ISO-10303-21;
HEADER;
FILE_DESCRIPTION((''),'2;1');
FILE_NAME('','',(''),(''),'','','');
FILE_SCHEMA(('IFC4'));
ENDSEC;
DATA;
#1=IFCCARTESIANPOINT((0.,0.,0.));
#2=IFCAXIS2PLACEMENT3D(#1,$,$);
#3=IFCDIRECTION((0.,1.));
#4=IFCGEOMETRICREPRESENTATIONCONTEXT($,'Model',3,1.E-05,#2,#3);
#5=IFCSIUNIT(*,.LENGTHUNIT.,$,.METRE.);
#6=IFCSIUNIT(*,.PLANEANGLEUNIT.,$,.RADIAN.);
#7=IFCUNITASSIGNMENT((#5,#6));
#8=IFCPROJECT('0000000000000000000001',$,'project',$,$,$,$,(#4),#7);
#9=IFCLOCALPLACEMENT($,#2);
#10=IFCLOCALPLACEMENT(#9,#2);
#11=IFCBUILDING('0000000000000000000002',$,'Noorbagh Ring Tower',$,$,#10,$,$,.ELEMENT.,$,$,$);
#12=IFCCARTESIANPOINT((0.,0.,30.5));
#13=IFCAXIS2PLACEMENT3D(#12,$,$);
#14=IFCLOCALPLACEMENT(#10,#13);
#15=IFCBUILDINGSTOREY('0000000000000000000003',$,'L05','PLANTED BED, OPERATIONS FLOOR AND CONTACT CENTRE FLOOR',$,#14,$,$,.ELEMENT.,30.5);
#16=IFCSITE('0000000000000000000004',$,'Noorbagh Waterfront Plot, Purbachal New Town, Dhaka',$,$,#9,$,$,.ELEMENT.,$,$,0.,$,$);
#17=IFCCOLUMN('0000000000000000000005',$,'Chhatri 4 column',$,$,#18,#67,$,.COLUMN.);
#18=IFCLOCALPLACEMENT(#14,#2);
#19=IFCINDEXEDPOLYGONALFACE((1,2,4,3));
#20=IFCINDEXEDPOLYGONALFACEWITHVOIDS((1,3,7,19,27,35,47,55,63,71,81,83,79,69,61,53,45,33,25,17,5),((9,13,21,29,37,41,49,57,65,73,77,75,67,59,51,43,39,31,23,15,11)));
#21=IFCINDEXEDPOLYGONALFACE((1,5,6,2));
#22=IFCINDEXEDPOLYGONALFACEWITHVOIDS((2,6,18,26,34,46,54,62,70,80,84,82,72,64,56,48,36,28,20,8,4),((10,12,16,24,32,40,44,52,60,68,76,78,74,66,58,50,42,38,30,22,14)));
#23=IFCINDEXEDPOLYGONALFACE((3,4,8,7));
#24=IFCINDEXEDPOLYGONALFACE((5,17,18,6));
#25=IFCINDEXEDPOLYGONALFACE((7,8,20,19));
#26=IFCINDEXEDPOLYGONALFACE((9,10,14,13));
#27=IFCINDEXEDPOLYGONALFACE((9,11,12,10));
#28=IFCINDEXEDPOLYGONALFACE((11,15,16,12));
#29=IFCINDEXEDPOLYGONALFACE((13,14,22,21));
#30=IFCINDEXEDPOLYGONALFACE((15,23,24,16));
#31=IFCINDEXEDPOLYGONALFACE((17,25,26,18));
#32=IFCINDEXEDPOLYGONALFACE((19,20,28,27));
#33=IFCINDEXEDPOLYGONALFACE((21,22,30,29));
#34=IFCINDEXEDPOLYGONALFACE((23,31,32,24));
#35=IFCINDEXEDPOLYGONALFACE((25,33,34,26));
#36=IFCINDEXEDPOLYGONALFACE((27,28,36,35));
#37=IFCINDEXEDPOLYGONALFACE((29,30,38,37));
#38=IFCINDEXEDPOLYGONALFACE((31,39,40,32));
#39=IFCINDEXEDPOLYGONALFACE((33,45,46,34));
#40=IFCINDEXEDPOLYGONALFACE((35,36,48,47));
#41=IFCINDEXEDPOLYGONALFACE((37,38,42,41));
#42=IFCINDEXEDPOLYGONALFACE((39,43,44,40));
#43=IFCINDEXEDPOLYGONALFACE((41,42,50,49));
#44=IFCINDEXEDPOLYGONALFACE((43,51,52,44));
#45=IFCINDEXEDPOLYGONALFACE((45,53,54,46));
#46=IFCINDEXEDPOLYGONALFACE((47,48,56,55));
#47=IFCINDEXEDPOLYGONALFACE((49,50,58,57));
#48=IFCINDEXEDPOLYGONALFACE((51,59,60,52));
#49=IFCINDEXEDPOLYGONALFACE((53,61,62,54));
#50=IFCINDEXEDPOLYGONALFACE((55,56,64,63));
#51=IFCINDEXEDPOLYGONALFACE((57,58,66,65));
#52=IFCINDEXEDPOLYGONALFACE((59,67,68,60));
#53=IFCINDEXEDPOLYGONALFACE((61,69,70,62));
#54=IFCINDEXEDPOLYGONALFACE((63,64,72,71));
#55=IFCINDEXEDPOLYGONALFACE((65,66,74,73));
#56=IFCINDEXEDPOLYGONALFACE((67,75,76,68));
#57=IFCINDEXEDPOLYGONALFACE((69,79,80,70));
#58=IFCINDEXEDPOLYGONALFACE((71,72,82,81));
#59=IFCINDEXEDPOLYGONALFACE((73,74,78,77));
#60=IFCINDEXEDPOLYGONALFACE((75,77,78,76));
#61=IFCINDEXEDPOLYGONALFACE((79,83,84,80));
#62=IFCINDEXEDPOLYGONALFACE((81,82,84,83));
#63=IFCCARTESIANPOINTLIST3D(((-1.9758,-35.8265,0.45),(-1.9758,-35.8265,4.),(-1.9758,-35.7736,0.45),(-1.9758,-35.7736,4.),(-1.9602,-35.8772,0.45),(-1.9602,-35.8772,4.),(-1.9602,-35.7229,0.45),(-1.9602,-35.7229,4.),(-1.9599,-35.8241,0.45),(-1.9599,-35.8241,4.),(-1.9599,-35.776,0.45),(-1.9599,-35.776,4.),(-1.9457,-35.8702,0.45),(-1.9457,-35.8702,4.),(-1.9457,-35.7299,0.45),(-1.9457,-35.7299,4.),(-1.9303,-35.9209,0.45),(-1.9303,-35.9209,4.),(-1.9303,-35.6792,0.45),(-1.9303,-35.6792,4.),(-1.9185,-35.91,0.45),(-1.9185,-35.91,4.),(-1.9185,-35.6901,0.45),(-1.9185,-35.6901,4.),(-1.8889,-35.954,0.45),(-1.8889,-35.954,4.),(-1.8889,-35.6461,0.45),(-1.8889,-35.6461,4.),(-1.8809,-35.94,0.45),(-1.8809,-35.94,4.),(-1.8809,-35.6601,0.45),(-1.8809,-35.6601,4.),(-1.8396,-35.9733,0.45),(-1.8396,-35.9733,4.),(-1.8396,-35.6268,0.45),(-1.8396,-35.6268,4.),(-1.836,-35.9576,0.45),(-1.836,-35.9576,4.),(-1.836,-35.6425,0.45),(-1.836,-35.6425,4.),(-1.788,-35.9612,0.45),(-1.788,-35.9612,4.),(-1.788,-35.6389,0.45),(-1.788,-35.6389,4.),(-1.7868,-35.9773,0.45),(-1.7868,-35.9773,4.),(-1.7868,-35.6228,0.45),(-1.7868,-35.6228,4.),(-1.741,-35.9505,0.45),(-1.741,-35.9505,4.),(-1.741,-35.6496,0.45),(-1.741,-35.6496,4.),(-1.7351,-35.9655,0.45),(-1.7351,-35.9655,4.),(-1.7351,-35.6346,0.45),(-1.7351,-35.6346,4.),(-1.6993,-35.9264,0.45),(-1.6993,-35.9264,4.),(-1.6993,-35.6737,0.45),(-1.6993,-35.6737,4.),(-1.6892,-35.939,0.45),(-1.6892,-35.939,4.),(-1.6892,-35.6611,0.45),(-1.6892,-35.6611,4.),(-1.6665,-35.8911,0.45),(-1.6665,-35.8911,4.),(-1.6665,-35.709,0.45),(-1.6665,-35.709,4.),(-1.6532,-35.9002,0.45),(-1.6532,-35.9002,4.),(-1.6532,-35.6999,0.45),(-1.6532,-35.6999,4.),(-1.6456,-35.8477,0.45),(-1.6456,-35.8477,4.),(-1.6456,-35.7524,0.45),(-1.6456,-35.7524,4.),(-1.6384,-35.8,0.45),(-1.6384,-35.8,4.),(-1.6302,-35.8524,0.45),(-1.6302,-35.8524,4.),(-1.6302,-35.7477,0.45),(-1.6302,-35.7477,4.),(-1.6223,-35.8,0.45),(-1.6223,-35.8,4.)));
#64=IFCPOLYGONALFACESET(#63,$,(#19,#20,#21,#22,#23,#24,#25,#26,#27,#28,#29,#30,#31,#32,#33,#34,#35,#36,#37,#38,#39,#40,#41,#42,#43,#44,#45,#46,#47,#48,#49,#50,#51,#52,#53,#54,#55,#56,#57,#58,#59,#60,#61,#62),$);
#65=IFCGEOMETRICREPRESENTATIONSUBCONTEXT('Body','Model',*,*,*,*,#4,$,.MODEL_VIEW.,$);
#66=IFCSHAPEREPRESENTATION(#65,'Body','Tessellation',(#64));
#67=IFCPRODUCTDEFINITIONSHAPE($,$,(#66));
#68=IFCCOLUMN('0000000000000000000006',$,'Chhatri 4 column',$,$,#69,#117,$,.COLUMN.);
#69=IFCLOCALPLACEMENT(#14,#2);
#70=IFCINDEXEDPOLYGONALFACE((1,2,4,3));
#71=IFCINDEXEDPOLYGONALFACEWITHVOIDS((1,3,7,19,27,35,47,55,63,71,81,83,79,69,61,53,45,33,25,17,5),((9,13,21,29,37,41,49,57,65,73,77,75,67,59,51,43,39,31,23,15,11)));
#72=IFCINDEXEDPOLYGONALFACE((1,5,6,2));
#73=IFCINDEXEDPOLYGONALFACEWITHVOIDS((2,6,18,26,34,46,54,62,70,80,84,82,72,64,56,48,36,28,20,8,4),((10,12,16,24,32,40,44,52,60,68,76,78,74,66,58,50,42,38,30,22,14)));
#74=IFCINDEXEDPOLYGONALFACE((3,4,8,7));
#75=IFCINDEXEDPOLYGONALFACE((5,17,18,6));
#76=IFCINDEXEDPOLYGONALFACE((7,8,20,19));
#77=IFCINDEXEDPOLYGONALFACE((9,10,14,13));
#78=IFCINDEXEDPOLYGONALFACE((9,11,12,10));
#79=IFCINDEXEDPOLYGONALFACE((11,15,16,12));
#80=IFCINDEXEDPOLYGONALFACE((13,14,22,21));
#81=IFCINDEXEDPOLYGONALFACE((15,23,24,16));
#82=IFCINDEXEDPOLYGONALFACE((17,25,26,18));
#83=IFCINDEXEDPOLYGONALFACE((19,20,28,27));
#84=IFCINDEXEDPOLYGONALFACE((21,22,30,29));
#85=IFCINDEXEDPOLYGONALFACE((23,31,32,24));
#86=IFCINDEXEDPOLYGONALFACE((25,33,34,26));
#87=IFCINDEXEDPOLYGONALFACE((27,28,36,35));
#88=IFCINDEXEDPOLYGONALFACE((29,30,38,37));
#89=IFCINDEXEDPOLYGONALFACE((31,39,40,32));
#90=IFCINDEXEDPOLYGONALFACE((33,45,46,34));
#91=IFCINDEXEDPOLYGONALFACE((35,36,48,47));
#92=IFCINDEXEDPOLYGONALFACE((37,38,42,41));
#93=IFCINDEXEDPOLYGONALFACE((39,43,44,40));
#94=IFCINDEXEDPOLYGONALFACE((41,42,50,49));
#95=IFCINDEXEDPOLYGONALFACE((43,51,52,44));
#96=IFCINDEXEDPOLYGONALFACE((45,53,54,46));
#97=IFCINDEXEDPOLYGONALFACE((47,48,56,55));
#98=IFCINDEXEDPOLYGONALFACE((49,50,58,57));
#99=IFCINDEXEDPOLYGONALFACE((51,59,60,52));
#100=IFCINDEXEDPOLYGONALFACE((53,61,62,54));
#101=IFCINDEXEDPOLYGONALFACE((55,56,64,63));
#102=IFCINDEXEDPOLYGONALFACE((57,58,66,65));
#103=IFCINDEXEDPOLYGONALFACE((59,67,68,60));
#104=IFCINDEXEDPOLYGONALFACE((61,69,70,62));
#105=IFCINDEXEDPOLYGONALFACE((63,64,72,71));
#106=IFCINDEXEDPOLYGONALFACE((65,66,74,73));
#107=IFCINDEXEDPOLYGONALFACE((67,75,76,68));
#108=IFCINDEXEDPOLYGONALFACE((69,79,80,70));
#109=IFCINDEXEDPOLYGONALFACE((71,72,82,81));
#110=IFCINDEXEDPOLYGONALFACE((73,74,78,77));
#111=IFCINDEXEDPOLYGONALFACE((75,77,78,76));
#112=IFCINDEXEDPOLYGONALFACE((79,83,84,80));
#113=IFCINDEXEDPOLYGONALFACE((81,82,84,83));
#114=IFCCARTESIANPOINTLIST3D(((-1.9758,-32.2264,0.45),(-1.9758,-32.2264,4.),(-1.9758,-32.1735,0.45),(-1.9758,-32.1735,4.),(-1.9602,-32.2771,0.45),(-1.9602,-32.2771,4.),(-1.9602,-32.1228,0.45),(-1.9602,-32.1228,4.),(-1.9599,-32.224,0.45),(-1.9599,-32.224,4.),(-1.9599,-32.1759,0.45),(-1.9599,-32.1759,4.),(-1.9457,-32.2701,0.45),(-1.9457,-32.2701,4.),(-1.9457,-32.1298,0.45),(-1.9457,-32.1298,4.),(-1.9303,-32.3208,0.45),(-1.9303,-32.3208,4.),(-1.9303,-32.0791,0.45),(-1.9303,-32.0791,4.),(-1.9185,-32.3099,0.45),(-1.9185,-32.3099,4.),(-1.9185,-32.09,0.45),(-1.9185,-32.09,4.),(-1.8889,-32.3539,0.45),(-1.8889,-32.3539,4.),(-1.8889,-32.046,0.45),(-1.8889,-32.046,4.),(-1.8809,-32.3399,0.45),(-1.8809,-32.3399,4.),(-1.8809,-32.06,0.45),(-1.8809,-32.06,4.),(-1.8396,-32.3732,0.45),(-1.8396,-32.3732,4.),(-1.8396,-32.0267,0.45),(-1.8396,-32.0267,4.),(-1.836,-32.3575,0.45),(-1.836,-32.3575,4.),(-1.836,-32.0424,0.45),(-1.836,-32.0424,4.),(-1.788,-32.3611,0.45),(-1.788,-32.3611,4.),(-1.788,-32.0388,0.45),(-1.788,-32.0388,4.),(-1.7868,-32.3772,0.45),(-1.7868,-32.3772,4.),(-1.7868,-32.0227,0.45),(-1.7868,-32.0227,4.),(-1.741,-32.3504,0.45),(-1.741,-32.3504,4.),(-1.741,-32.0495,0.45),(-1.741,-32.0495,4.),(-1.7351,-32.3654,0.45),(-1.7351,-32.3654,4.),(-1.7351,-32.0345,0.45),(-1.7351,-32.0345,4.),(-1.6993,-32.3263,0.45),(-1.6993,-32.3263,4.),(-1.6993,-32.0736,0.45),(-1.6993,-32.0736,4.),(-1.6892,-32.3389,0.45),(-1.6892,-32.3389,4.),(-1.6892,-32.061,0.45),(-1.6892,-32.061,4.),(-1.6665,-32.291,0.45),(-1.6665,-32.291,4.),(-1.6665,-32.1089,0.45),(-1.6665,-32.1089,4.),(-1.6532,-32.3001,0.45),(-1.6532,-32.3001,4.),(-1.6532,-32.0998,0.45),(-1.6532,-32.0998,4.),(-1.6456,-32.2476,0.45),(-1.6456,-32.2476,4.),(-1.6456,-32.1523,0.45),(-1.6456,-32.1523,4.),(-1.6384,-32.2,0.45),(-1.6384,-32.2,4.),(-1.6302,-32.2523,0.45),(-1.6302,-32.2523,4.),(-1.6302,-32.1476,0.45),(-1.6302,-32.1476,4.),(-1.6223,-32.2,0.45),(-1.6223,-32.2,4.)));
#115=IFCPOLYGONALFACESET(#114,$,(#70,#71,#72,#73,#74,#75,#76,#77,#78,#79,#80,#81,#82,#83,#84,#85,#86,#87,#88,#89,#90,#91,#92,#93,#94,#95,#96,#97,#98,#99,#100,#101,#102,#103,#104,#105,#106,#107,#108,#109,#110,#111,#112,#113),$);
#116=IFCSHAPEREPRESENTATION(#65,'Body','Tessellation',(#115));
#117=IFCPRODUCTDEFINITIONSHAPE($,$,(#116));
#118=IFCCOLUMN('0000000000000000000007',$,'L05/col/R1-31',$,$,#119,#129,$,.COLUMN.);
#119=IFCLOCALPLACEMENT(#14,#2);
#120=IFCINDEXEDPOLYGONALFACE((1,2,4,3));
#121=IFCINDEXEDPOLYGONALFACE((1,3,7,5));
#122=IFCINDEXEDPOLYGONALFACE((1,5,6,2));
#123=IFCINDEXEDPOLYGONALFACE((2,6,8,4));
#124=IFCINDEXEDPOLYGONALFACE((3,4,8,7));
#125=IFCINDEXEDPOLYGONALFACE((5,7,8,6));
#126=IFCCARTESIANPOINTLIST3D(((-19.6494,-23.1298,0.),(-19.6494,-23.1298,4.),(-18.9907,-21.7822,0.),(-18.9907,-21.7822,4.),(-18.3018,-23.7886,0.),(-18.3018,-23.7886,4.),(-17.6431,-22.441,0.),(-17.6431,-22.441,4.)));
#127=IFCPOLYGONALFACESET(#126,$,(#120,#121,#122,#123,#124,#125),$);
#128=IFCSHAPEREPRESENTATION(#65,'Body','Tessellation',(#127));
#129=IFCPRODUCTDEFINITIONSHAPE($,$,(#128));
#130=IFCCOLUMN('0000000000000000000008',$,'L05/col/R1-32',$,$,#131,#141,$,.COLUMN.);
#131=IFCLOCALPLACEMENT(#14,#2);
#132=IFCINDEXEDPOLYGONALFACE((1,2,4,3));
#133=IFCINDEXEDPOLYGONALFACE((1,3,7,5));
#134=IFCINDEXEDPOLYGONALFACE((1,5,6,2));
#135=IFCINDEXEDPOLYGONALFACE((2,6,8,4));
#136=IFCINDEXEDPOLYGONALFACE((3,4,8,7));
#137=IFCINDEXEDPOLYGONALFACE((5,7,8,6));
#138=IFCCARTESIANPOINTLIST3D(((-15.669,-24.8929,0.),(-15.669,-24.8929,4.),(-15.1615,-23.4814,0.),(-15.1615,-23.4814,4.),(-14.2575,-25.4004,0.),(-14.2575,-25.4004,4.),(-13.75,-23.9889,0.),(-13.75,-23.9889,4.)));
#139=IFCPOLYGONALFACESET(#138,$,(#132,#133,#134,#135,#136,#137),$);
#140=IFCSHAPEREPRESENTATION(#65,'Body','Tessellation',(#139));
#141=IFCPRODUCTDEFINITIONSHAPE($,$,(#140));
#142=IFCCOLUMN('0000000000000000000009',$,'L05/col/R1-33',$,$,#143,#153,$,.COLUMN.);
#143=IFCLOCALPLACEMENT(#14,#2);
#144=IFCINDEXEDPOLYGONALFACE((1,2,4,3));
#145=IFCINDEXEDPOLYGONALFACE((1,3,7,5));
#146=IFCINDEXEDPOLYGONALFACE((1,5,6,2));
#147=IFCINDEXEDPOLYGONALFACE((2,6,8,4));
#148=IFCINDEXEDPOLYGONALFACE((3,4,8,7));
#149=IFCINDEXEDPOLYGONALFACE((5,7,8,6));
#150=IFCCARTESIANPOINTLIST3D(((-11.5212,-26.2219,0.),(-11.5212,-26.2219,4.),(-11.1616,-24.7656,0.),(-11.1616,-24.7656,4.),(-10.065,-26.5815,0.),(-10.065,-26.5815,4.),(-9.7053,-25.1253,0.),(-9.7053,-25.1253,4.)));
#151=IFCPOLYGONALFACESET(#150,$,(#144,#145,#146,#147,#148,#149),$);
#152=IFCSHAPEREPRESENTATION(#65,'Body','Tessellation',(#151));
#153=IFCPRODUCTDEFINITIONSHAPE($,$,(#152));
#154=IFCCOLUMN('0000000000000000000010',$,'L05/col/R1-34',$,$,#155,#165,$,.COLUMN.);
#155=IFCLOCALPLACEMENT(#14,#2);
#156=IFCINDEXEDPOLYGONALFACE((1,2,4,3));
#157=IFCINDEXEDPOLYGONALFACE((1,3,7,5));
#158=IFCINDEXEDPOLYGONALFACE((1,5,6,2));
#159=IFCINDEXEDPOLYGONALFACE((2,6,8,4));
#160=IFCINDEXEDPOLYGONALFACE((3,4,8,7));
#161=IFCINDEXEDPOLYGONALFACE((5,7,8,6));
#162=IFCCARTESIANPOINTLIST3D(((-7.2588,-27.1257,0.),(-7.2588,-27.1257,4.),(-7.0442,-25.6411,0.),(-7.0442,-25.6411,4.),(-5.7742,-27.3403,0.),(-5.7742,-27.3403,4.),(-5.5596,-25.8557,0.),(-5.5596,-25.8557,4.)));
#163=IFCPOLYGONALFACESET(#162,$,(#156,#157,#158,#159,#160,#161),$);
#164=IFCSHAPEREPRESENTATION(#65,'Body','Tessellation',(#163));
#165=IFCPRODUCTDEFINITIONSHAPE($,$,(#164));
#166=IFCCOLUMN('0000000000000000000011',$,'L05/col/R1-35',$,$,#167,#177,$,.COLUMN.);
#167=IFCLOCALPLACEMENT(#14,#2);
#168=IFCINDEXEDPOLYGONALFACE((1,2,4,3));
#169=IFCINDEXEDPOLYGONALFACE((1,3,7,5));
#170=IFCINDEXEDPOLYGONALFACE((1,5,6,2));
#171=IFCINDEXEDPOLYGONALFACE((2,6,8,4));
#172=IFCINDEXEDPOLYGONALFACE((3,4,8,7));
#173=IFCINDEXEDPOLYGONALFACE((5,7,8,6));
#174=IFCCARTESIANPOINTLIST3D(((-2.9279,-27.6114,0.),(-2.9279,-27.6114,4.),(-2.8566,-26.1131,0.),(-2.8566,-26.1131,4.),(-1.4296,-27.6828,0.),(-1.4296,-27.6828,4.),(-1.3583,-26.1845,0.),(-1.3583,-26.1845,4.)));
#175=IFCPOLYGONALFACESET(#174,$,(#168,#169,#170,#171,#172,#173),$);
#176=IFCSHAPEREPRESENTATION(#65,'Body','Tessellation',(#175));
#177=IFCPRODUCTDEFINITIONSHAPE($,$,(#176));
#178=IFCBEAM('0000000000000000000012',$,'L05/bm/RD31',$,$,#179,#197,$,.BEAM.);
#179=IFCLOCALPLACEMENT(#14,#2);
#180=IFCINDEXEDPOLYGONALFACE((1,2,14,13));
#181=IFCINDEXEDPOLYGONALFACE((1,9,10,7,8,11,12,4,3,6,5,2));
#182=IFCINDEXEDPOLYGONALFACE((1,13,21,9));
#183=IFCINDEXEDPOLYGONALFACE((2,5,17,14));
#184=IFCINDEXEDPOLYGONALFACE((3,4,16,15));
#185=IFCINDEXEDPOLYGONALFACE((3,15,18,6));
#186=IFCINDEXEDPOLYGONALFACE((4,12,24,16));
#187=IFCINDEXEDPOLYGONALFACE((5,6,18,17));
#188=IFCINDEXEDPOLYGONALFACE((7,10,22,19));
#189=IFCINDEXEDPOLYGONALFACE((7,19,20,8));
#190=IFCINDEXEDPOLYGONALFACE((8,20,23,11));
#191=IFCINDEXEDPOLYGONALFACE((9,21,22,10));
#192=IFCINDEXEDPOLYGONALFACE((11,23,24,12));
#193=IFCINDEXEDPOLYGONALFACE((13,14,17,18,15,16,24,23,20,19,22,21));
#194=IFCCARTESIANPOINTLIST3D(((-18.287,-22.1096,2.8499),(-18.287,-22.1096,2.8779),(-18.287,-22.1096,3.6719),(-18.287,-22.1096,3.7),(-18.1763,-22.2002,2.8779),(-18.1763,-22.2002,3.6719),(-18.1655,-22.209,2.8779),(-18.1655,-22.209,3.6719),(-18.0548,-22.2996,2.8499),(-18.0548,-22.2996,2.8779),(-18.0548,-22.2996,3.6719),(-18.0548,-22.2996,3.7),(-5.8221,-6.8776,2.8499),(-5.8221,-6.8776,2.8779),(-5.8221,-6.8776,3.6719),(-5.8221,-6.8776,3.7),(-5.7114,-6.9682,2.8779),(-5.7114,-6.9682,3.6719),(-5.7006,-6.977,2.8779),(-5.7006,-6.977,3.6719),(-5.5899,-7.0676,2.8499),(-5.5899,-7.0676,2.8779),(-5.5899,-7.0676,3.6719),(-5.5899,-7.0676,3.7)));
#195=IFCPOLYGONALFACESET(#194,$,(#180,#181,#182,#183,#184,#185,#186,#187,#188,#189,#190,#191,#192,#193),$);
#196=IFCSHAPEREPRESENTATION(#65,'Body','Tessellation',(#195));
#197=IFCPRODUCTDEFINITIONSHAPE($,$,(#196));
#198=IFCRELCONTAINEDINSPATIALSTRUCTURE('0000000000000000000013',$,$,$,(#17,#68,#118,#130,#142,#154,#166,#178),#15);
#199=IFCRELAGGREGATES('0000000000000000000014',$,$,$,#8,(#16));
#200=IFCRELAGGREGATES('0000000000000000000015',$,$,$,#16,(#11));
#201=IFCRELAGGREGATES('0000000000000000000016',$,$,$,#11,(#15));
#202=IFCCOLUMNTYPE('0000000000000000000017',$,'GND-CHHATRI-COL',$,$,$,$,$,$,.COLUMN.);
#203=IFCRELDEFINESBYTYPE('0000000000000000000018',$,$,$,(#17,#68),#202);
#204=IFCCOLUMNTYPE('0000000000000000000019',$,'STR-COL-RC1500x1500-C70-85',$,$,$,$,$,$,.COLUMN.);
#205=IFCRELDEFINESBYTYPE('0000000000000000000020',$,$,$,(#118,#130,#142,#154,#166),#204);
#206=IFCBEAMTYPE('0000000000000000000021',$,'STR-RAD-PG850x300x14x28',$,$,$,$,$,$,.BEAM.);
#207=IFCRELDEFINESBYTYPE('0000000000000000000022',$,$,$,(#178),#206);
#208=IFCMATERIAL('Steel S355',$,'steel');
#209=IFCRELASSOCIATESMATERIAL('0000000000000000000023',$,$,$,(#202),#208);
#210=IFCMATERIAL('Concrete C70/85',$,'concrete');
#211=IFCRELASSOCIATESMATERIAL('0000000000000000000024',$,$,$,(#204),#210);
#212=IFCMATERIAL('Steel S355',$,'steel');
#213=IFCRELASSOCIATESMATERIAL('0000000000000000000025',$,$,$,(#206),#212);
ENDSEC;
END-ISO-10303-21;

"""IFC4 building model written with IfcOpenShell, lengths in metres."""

from ifc_helpers import new_model, si_unit, direction, frame, origin, origin_2d, place, context, subcontext, project, spatial, rectangle, hollow_circle, i_section, extrude, material, material_profile, profile_set, type_object, element, save


model = new_model("IFC4")

# Units and contexts
model_context = context("Model", 3, precision=1e-05, world=origin(), true_north=direction((0.0, 1.0)))
body_context = subcontext(model_context, "Body", "Model", "MODEL_VIEW")
ifc_project = project(units=[si_unit("LENGTHUNIT", "METRE"), si_unit("PLANEANGLEUNIT", "RADIAN")], contexts=[model_context])

# Site, building, storey
site_placement = place(None, origin())
site = spatial("IfcSite", under=ifc_project, at=site_placement, Name="Noorbagh Waterfront Plot, Purbachal New Town, Dhaka", CompositionType="ELEMENT", RefElevation=0.0)
building_placement = place(site_placement, origin())
building = spatial("IfcBuilding", under=site, at=building_placement, Name="Noorbagh Ring Tower", CompositionType="ELEMENT")
storey_placement = place(building_placement, frame((0.0, 0.0, 30.5)))
storey = spatial("IfcBuildingStorey", under=building, at=storey_placement, Name="L05", Description="PLANTED BED, OPERATIONS FLOOR AND CONTACT CENTRE FLOOR", CompositionType="ELEMENT", Elevation=30.5)

# Columns
ifc_material_1 = material(Name="Steel S355", Category="steel")
ifc_material_profile_1 = material_profile(ifc_material_1, hollow_circle(Radius=0.1777, WallThickness=0.0161, at=origin_2d()), Name="CHS355.6x16")
ifc_profile_set_1 = profile_set([ifc_material_profile_1], Name="Steel S355")
column_type_1 = type_object("IfcColumnType", Name="GND-CHHATRI-COL", PredefinedType="COLUMN", material=ifc_profile_set_1)
for number, where, z_axis, x_axis, name in (
    (1, (-1.8, -35.8, 0.45), (0.0, 0.0, 1.0), (1.0, 0.0, 0.0), "Chhatri 4 column"),
    (2, (-1.8, -32.2, 0.45), (0.0, 0.0, 1.0), (1.0, 0.0, 0.0), "Chhatri 4 column"),
):
    element("IfcColumn", number, at=place(storey_placement, frame(where, z_axis=z_axis, x_axis=x_axis)), inside=storey, type_object=column_type_1, Name=name, PredefinedType="COLUMN", context=body_context, shape_type="SweptSolid", body=[
        extrude(hollow_circle(Radius=0.1777, WallThickness=0.0161, at=origin_2d()), origin(), (0.0, 0.0, 1.0), 3.55),
    ])
ifc_material_2 = material(Name="Concrete C70/85", Category="concrete")
ifc_material_profile_2 = material_profile(ifc_material_2, rectangle(XDim=1.5, YDim=1.5, at=origin_2d()), Name="RC1500x1500")
ifc_profile_set_2 = profile_set([ifc_material_profile_2], Name="Concrete C70/85")
column_type_2 = type_object("IfcColumnType", Name="STR-COL-RC1500x1500-C70-85", PredefinedType="COLUMN", material=ifc_profile_set_2)
for number, where, z_axis, x_axis, name in (
    (3, (-18.6462, -22.7854, 0.0), (0.0, 0.0, 1.0), (0.898399, -0.43918, 0.0), "L05/col/R1-31"),
    (4, (-14.7095, -24.4409, 0.0), (0.0, 0.0, 1.0), (0.941025, -0.338338, 0.0), "L05/col/R1-32"),
    (5, (-10.6133, -25.6736, 0.0), (0.0, 0.0, 1.0), (0.970829, -0.239771, 0.0), "L05/col/R1-33"),
    (6, (-6.4092, -26.4907, 0.0), (0.0, 0.0, 1.0), (0.989713, -0.143066, 0.0), "L05/col/R1-34"),
    (7, (-2.1431, -26.8979, 0.0), (0.0, 0.0, 1.0), (0.998869, -0.047553, 0.0), "L05/col/R1-35"),
):
    element("IfcColumn", number, at=place(storey_placement, frame(where, z_axis=z_axis, x_axis=x_axis)), inside=storey, type_object=column_type_2, Name=name, PredefinedType="COLUMN", context=body_context, shape_type="SweptSolid", body=[
        extrude(rectangle(XDim=1.5, YDim=1.5, at=origin_2d()), origin(), (0.0, 0.0, 1.0), 4.0),
    ])

# Beam
ifc_material_3 = material(Name="Steel S355", Category="steel")
ifc_material_profile_3 = material_profile(ifc_material_3, i_section(OverallWidth=0.3, OverallDepth=0.8501, WebThickness=0.0139, FlangeThickness=0.0281, at=origin_2d()), Name="PG850x300x14x28")
ifc_profile_set_3 = profile_set([ifc_material_profile_3], Name="Steel S355")
beam_type_1 = type_object("IfcBeamType", Name="STR-RAD-PG850x300x14x28", PredefinedType="BEAM", material=ifc_profile_set_3)
beam_1_placement = place(storey_placement, frame((-18.1709, -22.2046, 3.2749), z_axis=(0.633309, 0.773899, 0.0), x_axis=(-0.773899, 0.633309, 0.0)))
element("IfcBeam", 8, at=beam_1_placement, inside=storey, type_object=beam_type_1, Name="L05/bm/RD31", PredefinedType="BEAM", context=body_context, shape_type="SweptSolid", body=[
    extrude(i_section(OverallWidth=0.3, OverallDepth=0.8501, WebThickness=0.0139, FlangeThickness=0.0281, at=origin_2d()), origin(), (0.0, 0.0, 1.0), 19.6821),
])

save(model, "model.ifc")
